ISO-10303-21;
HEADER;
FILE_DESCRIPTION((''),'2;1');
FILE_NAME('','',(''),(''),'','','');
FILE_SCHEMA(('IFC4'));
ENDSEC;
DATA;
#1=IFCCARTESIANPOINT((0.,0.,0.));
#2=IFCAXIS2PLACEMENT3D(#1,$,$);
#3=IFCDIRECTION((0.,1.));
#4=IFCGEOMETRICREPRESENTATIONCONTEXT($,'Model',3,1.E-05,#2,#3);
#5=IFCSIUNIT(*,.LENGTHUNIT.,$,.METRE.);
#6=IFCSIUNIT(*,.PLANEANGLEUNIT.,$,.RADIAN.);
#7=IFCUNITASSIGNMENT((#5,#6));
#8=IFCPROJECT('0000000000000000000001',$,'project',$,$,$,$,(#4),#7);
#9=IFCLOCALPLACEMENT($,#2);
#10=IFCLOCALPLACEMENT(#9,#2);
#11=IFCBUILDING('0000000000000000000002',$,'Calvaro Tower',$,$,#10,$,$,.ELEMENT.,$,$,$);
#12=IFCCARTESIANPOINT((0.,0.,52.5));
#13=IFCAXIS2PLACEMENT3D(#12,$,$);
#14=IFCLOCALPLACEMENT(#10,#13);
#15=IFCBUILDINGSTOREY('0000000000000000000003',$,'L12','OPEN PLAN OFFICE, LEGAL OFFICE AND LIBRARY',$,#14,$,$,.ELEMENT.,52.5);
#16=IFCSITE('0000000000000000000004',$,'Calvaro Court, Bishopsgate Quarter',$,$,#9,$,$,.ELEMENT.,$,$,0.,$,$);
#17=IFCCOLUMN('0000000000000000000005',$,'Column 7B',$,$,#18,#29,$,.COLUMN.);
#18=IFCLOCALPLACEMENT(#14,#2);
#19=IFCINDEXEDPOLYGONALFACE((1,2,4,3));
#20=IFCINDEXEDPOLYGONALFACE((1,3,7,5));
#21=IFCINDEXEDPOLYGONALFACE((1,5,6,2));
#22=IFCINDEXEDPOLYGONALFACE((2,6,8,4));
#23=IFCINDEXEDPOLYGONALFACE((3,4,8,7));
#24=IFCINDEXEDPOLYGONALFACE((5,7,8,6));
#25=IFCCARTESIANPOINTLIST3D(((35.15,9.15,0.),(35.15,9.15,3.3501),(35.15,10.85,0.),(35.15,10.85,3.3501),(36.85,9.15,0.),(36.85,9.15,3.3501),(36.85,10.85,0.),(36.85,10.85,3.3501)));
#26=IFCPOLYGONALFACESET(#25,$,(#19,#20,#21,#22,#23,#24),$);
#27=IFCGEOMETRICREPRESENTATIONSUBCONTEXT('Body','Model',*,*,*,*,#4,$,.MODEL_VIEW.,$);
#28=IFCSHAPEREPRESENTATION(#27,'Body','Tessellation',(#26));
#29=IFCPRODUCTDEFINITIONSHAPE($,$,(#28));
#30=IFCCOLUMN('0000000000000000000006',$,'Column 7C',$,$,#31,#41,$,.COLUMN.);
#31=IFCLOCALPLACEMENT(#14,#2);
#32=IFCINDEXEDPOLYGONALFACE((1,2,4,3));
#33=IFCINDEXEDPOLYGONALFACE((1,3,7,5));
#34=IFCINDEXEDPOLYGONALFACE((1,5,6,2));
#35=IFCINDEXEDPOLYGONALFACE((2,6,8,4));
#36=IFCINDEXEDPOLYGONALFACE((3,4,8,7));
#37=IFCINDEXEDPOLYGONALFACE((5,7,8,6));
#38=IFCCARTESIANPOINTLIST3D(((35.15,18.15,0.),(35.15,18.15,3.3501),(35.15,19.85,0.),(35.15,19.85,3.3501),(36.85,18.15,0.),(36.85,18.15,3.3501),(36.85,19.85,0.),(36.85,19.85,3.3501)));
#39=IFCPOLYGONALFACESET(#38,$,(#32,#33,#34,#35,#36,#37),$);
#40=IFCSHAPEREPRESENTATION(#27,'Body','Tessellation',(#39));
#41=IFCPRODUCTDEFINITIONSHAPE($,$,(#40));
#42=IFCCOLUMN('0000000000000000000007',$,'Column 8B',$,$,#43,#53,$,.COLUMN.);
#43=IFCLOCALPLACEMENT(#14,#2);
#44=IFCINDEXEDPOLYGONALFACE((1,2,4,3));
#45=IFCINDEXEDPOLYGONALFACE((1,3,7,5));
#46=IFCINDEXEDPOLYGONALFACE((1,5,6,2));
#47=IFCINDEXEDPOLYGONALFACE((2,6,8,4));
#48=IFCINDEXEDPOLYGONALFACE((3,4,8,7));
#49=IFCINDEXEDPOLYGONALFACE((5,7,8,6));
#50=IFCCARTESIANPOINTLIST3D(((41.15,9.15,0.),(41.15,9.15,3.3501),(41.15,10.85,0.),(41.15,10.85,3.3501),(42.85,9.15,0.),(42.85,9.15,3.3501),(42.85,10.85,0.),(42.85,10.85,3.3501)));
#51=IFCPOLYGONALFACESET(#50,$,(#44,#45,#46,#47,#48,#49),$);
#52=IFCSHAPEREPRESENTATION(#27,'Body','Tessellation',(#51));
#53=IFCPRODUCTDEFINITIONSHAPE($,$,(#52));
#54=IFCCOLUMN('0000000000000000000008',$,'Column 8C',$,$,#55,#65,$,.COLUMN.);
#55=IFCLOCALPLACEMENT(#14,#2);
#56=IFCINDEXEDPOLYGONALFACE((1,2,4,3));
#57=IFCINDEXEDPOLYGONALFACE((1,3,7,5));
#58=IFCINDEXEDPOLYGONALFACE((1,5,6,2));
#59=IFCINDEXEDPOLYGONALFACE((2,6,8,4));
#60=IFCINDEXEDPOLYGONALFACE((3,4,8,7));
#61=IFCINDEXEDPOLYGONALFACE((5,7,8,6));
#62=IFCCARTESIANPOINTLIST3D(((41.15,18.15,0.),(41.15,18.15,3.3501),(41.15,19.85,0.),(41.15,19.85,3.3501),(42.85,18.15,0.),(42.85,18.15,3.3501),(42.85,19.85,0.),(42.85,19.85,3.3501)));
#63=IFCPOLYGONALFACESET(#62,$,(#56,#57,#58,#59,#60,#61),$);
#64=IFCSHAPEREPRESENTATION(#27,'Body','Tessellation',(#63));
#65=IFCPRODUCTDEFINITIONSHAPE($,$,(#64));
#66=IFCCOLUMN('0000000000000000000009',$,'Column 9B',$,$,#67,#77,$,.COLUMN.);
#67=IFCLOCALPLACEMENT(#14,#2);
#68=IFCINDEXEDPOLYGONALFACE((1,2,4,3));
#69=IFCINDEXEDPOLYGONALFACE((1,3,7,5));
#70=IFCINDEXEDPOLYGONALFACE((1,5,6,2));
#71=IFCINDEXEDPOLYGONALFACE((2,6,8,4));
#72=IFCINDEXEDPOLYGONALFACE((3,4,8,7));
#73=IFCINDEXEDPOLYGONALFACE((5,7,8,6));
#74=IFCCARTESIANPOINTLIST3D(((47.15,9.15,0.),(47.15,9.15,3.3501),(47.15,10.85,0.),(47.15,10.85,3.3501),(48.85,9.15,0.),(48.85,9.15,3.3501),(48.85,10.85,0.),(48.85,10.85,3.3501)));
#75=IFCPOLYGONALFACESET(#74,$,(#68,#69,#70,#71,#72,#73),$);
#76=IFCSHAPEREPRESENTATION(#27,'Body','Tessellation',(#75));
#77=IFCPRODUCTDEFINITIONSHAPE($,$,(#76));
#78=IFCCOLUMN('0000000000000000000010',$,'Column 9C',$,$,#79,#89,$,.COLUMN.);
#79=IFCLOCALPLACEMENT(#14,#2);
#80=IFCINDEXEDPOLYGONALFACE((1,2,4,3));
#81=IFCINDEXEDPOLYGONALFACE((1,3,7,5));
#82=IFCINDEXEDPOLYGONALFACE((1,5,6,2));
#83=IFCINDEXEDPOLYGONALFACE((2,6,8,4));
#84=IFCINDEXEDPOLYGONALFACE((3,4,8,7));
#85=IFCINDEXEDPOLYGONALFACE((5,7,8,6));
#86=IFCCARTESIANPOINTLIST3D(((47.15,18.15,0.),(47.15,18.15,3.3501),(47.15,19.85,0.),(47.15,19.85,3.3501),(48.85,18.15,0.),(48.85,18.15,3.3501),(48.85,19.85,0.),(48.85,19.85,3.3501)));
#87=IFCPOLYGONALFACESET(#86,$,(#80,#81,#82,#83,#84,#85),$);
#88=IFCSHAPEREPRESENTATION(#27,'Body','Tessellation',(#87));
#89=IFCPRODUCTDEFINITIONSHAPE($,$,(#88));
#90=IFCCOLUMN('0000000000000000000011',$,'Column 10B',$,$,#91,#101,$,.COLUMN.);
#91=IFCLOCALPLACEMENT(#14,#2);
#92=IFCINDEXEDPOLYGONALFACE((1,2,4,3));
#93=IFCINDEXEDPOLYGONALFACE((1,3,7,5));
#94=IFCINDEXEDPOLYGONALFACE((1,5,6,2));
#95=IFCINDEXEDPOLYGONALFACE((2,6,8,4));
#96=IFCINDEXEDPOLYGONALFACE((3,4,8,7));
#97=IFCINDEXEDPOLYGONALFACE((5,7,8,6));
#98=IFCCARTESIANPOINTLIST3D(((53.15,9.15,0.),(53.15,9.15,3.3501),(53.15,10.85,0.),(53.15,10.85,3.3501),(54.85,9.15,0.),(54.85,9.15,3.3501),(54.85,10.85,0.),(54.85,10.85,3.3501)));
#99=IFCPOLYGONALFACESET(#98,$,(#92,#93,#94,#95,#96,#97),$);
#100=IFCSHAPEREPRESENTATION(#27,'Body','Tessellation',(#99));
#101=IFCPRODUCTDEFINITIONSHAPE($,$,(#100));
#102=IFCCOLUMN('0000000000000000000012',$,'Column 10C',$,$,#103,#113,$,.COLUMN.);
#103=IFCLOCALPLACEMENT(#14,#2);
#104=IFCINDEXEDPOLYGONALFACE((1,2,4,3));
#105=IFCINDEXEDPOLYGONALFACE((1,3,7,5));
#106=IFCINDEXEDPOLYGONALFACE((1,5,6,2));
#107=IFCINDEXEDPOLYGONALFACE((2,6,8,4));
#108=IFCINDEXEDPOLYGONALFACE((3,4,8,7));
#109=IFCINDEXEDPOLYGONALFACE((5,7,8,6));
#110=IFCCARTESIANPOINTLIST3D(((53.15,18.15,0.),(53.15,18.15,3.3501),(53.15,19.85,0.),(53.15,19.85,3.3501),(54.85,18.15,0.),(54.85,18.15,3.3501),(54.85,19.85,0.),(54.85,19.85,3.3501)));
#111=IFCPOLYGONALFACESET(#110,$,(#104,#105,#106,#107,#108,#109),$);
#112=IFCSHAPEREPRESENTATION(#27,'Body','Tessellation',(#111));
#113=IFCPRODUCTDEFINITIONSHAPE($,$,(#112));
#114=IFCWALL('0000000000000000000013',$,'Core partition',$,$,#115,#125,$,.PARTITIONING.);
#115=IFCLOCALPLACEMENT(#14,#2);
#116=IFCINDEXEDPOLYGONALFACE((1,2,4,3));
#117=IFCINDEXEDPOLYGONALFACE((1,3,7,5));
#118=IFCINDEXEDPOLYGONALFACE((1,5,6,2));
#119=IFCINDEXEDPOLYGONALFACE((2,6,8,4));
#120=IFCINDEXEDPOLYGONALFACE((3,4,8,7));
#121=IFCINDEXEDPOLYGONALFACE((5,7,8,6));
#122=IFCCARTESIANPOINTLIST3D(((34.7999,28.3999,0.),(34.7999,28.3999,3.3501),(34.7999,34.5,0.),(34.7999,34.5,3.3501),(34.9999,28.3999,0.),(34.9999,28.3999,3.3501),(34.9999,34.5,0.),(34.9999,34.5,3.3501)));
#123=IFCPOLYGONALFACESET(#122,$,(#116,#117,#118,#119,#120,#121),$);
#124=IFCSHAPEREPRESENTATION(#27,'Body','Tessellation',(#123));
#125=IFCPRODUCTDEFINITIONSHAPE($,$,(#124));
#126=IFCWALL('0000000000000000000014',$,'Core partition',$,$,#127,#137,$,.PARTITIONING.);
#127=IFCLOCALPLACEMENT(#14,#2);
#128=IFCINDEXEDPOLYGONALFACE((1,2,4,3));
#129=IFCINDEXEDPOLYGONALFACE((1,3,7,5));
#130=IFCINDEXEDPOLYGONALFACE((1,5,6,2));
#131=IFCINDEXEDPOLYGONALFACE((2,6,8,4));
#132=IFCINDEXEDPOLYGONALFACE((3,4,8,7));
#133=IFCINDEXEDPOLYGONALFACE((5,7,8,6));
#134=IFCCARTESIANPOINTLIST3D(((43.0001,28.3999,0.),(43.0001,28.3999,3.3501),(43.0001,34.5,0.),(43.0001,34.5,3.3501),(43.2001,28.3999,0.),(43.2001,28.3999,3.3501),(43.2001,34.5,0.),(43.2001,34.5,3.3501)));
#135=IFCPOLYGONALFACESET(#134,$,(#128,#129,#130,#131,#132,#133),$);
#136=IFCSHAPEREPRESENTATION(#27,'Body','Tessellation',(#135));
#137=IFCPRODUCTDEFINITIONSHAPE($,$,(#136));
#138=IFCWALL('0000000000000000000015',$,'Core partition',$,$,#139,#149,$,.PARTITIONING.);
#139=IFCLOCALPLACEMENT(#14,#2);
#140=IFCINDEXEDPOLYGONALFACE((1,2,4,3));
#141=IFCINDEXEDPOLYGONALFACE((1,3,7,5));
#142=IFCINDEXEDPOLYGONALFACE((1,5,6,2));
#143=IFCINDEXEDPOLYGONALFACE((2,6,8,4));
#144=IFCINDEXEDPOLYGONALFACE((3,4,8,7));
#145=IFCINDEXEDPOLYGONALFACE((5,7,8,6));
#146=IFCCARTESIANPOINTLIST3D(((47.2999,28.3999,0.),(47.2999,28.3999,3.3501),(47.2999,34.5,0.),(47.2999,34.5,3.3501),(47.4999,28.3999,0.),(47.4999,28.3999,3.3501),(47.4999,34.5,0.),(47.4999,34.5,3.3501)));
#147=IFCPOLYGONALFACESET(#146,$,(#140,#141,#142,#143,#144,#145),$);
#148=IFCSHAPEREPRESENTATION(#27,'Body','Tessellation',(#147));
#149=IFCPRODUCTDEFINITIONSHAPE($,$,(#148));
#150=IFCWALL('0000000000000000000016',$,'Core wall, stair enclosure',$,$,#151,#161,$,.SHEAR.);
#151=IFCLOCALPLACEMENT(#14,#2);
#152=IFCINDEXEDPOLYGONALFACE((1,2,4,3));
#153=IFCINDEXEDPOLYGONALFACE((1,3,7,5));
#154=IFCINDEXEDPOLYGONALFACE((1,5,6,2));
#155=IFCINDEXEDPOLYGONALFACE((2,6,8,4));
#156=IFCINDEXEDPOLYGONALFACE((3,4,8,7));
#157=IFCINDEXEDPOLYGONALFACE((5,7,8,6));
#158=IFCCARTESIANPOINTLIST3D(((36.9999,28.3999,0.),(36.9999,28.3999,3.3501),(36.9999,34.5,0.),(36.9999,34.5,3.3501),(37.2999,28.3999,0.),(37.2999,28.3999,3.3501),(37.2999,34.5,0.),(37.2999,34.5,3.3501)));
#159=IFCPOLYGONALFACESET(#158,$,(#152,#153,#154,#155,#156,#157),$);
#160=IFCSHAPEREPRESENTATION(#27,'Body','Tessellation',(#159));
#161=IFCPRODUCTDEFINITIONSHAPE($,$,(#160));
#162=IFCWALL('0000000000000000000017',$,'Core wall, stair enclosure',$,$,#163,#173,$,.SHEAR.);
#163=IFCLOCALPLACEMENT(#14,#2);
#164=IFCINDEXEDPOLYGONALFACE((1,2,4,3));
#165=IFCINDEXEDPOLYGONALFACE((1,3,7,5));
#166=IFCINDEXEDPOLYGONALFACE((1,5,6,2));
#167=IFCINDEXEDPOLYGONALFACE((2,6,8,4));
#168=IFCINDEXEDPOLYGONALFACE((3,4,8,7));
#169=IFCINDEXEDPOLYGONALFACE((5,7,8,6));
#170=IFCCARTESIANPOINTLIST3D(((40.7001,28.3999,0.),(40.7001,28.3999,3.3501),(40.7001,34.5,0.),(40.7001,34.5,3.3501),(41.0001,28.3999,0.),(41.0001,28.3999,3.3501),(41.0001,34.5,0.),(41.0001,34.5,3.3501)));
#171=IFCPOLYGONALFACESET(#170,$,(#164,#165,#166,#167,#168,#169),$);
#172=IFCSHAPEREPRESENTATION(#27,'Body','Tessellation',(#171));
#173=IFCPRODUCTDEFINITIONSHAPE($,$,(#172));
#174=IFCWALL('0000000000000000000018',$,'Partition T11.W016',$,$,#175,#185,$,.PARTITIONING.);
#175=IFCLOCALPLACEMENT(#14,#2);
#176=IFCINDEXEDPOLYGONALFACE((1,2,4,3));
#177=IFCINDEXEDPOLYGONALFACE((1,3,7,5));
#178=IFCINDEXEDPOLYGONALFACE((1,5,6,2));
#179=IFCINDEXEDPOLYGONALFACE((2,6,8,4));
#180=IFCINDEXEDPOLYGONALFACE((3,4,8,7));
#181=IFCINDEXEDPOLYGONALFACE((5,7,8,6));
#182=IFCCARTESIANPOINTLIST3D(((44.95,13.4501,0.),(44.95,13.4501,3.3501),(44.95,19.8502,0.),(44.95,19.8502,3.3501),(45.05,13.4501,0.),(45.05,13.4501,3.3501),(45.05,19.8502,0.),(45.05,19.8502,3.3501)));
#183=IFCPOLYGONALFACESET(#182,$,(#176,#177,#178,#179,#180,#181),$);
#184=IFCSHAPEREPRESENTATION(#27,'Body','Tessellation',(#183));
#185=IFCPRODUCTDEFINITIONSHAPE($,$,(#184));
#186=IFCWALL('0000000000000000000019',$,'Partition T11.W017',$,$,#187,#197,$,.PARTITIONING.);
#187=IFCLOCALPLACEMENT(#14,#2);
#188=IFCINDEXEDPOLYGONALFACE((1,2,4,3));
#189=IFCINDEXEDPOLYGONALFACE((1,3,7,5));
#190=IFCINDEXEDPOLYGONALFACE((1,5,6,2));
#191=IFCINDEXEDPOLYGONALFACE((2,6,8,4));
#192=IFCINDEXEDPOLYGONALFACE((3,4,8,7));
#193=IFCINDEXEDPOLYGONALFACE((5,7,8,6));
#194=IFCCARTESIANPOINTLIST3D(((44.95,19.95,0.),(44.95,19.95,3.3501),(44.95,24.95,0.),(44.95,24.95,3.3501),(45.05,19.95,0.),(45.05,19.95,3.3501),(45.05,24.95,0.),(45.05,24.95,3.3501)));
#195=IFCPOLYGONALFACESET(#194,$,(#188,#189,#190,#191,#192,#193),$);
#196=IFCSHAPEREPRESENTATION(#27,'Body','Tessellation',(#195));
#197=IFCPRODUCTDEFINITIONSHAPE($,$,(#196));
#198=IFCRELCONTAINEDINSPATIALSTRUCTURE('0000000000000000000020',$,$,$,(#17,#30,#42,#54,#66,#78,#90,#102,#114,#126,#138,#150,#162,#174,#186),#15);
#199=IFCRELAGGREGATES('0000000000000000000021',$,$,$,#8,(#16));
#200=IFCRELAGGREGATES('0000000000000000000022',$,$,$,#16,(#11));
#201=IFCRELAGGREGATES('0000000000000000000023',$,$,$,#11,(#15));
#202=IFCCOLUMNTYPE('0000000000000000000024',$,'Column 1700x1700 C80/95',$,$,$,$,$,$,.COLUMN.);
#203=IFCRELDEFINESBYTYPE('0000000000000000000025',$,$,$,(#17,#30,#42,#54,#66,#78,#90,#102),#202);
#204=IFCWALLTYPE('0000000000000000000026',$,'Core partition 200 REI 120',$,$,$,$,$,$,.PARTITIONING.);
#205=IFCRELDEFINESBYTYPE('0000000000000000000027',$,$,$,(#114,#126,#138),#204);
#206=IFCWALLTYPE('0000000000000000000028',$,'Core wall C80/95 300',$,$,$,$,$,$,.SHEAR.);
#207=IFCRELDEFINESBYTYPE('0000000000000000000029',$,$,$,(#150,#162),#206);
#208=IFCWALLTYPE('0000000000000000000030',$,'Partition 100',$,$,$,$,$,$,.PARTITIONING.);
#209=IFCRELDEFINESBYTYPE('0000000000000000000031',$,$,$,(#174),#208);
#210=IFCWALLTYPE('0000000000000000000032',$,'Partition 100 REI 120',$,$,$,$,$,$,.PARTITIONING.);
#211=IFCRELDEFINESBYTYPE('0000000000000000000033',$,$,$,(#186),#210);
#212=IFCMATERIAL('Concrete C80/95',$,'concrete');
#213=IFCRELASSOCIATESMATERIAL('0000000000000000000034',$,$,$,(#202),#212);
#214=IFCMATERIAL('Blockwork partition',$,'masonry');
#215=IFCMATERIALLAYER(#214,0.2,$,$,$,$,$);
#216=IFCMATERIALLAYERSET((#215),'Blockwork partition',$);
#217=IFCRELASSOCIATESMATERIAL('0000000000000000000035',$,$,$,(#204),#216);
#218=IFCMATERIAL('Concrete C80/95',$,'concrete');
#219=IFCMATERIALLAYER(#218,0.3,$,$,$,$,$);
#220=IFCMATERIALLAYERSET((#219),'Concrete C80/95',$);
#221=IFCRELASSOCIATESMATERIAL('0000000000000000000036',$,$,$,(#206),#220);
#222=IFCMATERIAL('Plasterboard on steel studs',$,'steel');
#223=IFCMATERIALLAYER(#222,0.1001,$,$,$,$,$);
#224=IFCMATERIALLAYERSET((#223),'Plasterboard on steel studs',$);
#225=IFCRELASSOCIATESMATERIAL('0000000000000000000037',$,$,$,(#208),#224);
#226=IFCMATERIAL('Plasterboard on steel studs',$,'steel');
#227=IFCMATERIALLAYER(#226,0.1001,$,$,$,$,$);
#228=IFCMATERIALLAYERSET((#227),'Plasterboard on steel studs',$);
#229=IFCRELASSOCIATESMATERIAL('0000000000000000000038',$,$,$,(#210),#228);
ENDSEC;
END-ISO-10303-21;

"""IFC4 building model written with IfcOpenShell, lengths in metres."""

from ifc_helpers import new_model, si_unit, direction, frame, frame_2d, origin, origin_2d, place, context, subcontext, project, spatial, rectangle, extrude, material, layer, layer_set, material_profile, profile_set, type_object, element, save


model = new_model("IFC4")

# Units and contexts
model_context = context("Model", 3, precision=1e-05, world=origin(), true_north=direction((0.0, 1.0)))
body_context = subcontext(model_context, "Body", "Model", "MODEL_VIEW")
ifc_project = project(units=[si_unit("LENGTHUNIT", "METRE"), si_unit("PLANEANGLEUNIT", "RADIAN")], contexts=[model_context])

# Site, building, storey
site_placement = place(None, origin())
site = spatial("IfcSite", under=ifc_project, at=site_placement, Name="Calvaro Court, Bishopsgate Quarter", CompositionType="ELEMENT", RefElevation=0.0)
building_placement = place(site_placement, origin())
building = spatial("IfcBuilding", under=site, at=building_placement, Name="Calvaro Tower", CompositionType="ELEMENT")
storey_placement = place(building_placement, frame((0.0, 0.0, 52.5)))
storey = spatial("IfcBuildingStorey", under=building, at=storey_placement, Name="L12", Description="OPEN PLAN OFFICE, LEGAL OFFICE AND LIBRARY", CompositionType="ELEMENT", Elevation=52.5)

# Columns
ifc_material_1 = material(Name="Concrete C80/95", Category="concrete")
ifc_material_profile = material_profile(ifc_material_1, rectangle(XDim=1.7, YDim=1.7, at=origin_2d()), Name="RC 1700x1700")
ifc_profile_set = profile_set([ifc_material_profile], Name="Concrete C80/95")
column_type = type_object("IfcColumnType", Name="Column 1700x1700 C80/95", PredefinedType="COLUMN", material=ifc_profile_set)
for number, where, z_axis, x_axis, name in (
    (1, (36.0, 10.0, 0.0), (0.0, 0.0, 1.0), (1.0, 0.0, 0.0), "Column 7B"),
    (2, (36.0, 19.0, 0.0), (0.0, 0.0, 1.0), (1.0, 0.0, 0.0), "Column 7C"),
    (3, (42.0, 10.0, 0.0), (0.0, 0.0, 1.0), (1.0, 0.0, 0.0), "Column 8B"),
    (4, (42.0, 19.0, 0.0), (0.0, 0.0, 1.0), (1.0, 0.0, 0.0), "Column 8C"),
    (5, (48.0, 10.0, 0.0), (0.0, 0.0, 1.0), (1.0, 0.0, 0.0), "Column 9B"),
    (6, (48.0, 19.0, 0.0), (0.0, 0.0, 1.0), (1.0, 0.0, 0.0), "Column 9C"),
    (7, (54.0, 10.0, 0.0), (0.0, 0.0, 1.0), (1.0, 0.0, 0.0), "Column 10B"),
    (8, (54.0, 19.0, 0.0), (0.0, 0.0, 1.0), (1.0, 0.0, 0.0), "Column 10C"),
):
    element("IfcColumn", number, at=place(storey_placement, frame(where, z_axis=z_axis, x_axis=x_axis)), inside=storey, type_object=column_type, Name=name, PredefinedType="COLUMN", context=body_context, shape_type="SweptSolid", body=[
        extrude(rectangle(XDim=1.7, YDim=1.7, at=origin_2d()), origin(), (0.0, 0.0, 1.0), 3.3501),
    ])

# Walls
ifc_material_2 = material(Name="Blockwork partition", Category="masonry")
ifc_layer_1 = layer(ifc_material_2, 0.2)
ifc_layer_set_1 = layer_set([ifc_layer_1], Name="Blockwork partition")
wall_type_1 = type_object("IfcWallType", Name="Core partition 200 REI 120", PredefinedType="PARTITIONING", material=ifc_layer_set_1)
for number, where, z_axis, x_axis, name in (
    (9, (34.8999, 28.3999, 0.0), (0.0, 0.0, 1.0), (0.0, 1.0, 0.0), "Core partition"),
    (10, (43.1001, 28.3999, 0.0), (0.0, 0.0, 1.0), (0.0, 1.0, 0.0), "Core partition"),
    (11, (47.3999, 28.3999, 0.0), (0.0, 0.0, 1.0), (0.0, 1.0, 0.0), "Core partition"),
):
    element("IfcWall", number, at=place(storey_placement, frame(where, z_axis=z_axis, x_axis=x_axis)), inside=storey, type_object=wall_type_1, Name=name, PredefinedType="PARTITIONING", context=body_context, shape_type="SweptSolid", body=[
        extrude(rectangle(XDim=6.1001, YDim=0.2, at=frame_2d((3.05, 0.0))), origin(), (0.0, 0.0, 1.0), 3.3501),
    ])
ifc_material_3 = material(Name="Concrete C80/95", Category="concrete")
ifc_layer_2 = layer(ifc_material_3, 0.3)
ifc_layer_set_2 = layer_set([ifc_layer_2], Name="Concrete C80/95")
wall_type_2 = type_object("IfcWallType", Name="Core wall C80/95 300", PredefinedType="SHEAR", material=ifc_layer_set_2)
for number, where, z_axis, x_axis, name in (
    (12, (37.1499, 28.3999, 0.0), (0.0, 0.0, 1.0), (0.0, 1.0, 0.0), "Core wall, stair enclosure"),
    (13, (40.8501, 28.3999, 0.0), (0.0, 0.0, 1.0), (0.0, 1.0, 0.0), "Core wall, stair enclosure"),
):
    element("IfcWall", number, at=place(storey_placement, frame(where, z_axis=z_axis, x_axis=x_axis)), inside=storey, type_object=wall_type_2, Name=name, PredefinedType="SHEAR", context=body_context, shape_type="SweptSolid", body=[
        extrude(rectangle(XDim=6.1001, YDim=0.3, at=frame_2d((3.05, 0.0))), origin(), (0.0, 0.0, 1.0), 3.3501),
    ])
ifc_material_4 = material(Name="Plasterboard on steel studs", Category="steel")
ifc_layer_3 = layer(ifc_material_4, 0.1001)
ifc_layer_set_3 = layer_set([ifc_layer_3], Name="Plasterboard on steel studs")
wall_type_3 = type_object("IfcWallType", Name="Partition 100", PredefinedType="PARTITIONING", material=ifc_layer_set_3)
wall_1_placement = place(storey_placement, frame((45.0, 13.45, 0.0), z_axis=(0.0, 0.0, 1.0), x_axis=(0.0, 1.0, 0.0)))
element("IfcWall", 14, at=wall_1_placement, inside=storey, type_object=wall_type_3, Name="Partition T11.W016", PredefinedType="PARTITIONING", context=body_context, shape_type="SweptSolid", body=[
    extrude(rectangle(XDim=6.4001, YDim=0.1001, at=frame_2d((3.2002, 0.0))), origin(), (0.0, 0.0, 1.0), 3.3501),
])
ifc_material_5 = material(Name="Plasterboard on steel studs", Category="steel")
ifc_layer_4 = layer(ifc_material_5, 0.1001)
ifc_layer_set_4 = layer_set([ifc_layer_4], Name="Plasterboard on steel studs")
wall_type_4 = type_object("IfcWallType", Name="Partition 100 REI 120", PredefinedType="PARTITIONING", material=ifc_layer_set_4)
wall_2_placement = place(storey_placement, frame((45.0, 19.95, 0.0), z_axis=(0.0, 0.0, 1.0), x_axis=(0.0, 1.0, 0.0)))
element("IfcWall", 15, at=wall_2_placement, inside=storey, type_object=wall_type_4, Name="Partition T11.W017", PredefinedType="PARTITIONING", context=body_context, shape_type="SweptSolid", body=[
    extrude(rectangle(XDim=5.0, YDim=0.1001, at=frame_2d((2.5, 0.0))), origin(), (0.0, 0.0, 1.0), 3.3501),
])

save(model, "model.ifc")
